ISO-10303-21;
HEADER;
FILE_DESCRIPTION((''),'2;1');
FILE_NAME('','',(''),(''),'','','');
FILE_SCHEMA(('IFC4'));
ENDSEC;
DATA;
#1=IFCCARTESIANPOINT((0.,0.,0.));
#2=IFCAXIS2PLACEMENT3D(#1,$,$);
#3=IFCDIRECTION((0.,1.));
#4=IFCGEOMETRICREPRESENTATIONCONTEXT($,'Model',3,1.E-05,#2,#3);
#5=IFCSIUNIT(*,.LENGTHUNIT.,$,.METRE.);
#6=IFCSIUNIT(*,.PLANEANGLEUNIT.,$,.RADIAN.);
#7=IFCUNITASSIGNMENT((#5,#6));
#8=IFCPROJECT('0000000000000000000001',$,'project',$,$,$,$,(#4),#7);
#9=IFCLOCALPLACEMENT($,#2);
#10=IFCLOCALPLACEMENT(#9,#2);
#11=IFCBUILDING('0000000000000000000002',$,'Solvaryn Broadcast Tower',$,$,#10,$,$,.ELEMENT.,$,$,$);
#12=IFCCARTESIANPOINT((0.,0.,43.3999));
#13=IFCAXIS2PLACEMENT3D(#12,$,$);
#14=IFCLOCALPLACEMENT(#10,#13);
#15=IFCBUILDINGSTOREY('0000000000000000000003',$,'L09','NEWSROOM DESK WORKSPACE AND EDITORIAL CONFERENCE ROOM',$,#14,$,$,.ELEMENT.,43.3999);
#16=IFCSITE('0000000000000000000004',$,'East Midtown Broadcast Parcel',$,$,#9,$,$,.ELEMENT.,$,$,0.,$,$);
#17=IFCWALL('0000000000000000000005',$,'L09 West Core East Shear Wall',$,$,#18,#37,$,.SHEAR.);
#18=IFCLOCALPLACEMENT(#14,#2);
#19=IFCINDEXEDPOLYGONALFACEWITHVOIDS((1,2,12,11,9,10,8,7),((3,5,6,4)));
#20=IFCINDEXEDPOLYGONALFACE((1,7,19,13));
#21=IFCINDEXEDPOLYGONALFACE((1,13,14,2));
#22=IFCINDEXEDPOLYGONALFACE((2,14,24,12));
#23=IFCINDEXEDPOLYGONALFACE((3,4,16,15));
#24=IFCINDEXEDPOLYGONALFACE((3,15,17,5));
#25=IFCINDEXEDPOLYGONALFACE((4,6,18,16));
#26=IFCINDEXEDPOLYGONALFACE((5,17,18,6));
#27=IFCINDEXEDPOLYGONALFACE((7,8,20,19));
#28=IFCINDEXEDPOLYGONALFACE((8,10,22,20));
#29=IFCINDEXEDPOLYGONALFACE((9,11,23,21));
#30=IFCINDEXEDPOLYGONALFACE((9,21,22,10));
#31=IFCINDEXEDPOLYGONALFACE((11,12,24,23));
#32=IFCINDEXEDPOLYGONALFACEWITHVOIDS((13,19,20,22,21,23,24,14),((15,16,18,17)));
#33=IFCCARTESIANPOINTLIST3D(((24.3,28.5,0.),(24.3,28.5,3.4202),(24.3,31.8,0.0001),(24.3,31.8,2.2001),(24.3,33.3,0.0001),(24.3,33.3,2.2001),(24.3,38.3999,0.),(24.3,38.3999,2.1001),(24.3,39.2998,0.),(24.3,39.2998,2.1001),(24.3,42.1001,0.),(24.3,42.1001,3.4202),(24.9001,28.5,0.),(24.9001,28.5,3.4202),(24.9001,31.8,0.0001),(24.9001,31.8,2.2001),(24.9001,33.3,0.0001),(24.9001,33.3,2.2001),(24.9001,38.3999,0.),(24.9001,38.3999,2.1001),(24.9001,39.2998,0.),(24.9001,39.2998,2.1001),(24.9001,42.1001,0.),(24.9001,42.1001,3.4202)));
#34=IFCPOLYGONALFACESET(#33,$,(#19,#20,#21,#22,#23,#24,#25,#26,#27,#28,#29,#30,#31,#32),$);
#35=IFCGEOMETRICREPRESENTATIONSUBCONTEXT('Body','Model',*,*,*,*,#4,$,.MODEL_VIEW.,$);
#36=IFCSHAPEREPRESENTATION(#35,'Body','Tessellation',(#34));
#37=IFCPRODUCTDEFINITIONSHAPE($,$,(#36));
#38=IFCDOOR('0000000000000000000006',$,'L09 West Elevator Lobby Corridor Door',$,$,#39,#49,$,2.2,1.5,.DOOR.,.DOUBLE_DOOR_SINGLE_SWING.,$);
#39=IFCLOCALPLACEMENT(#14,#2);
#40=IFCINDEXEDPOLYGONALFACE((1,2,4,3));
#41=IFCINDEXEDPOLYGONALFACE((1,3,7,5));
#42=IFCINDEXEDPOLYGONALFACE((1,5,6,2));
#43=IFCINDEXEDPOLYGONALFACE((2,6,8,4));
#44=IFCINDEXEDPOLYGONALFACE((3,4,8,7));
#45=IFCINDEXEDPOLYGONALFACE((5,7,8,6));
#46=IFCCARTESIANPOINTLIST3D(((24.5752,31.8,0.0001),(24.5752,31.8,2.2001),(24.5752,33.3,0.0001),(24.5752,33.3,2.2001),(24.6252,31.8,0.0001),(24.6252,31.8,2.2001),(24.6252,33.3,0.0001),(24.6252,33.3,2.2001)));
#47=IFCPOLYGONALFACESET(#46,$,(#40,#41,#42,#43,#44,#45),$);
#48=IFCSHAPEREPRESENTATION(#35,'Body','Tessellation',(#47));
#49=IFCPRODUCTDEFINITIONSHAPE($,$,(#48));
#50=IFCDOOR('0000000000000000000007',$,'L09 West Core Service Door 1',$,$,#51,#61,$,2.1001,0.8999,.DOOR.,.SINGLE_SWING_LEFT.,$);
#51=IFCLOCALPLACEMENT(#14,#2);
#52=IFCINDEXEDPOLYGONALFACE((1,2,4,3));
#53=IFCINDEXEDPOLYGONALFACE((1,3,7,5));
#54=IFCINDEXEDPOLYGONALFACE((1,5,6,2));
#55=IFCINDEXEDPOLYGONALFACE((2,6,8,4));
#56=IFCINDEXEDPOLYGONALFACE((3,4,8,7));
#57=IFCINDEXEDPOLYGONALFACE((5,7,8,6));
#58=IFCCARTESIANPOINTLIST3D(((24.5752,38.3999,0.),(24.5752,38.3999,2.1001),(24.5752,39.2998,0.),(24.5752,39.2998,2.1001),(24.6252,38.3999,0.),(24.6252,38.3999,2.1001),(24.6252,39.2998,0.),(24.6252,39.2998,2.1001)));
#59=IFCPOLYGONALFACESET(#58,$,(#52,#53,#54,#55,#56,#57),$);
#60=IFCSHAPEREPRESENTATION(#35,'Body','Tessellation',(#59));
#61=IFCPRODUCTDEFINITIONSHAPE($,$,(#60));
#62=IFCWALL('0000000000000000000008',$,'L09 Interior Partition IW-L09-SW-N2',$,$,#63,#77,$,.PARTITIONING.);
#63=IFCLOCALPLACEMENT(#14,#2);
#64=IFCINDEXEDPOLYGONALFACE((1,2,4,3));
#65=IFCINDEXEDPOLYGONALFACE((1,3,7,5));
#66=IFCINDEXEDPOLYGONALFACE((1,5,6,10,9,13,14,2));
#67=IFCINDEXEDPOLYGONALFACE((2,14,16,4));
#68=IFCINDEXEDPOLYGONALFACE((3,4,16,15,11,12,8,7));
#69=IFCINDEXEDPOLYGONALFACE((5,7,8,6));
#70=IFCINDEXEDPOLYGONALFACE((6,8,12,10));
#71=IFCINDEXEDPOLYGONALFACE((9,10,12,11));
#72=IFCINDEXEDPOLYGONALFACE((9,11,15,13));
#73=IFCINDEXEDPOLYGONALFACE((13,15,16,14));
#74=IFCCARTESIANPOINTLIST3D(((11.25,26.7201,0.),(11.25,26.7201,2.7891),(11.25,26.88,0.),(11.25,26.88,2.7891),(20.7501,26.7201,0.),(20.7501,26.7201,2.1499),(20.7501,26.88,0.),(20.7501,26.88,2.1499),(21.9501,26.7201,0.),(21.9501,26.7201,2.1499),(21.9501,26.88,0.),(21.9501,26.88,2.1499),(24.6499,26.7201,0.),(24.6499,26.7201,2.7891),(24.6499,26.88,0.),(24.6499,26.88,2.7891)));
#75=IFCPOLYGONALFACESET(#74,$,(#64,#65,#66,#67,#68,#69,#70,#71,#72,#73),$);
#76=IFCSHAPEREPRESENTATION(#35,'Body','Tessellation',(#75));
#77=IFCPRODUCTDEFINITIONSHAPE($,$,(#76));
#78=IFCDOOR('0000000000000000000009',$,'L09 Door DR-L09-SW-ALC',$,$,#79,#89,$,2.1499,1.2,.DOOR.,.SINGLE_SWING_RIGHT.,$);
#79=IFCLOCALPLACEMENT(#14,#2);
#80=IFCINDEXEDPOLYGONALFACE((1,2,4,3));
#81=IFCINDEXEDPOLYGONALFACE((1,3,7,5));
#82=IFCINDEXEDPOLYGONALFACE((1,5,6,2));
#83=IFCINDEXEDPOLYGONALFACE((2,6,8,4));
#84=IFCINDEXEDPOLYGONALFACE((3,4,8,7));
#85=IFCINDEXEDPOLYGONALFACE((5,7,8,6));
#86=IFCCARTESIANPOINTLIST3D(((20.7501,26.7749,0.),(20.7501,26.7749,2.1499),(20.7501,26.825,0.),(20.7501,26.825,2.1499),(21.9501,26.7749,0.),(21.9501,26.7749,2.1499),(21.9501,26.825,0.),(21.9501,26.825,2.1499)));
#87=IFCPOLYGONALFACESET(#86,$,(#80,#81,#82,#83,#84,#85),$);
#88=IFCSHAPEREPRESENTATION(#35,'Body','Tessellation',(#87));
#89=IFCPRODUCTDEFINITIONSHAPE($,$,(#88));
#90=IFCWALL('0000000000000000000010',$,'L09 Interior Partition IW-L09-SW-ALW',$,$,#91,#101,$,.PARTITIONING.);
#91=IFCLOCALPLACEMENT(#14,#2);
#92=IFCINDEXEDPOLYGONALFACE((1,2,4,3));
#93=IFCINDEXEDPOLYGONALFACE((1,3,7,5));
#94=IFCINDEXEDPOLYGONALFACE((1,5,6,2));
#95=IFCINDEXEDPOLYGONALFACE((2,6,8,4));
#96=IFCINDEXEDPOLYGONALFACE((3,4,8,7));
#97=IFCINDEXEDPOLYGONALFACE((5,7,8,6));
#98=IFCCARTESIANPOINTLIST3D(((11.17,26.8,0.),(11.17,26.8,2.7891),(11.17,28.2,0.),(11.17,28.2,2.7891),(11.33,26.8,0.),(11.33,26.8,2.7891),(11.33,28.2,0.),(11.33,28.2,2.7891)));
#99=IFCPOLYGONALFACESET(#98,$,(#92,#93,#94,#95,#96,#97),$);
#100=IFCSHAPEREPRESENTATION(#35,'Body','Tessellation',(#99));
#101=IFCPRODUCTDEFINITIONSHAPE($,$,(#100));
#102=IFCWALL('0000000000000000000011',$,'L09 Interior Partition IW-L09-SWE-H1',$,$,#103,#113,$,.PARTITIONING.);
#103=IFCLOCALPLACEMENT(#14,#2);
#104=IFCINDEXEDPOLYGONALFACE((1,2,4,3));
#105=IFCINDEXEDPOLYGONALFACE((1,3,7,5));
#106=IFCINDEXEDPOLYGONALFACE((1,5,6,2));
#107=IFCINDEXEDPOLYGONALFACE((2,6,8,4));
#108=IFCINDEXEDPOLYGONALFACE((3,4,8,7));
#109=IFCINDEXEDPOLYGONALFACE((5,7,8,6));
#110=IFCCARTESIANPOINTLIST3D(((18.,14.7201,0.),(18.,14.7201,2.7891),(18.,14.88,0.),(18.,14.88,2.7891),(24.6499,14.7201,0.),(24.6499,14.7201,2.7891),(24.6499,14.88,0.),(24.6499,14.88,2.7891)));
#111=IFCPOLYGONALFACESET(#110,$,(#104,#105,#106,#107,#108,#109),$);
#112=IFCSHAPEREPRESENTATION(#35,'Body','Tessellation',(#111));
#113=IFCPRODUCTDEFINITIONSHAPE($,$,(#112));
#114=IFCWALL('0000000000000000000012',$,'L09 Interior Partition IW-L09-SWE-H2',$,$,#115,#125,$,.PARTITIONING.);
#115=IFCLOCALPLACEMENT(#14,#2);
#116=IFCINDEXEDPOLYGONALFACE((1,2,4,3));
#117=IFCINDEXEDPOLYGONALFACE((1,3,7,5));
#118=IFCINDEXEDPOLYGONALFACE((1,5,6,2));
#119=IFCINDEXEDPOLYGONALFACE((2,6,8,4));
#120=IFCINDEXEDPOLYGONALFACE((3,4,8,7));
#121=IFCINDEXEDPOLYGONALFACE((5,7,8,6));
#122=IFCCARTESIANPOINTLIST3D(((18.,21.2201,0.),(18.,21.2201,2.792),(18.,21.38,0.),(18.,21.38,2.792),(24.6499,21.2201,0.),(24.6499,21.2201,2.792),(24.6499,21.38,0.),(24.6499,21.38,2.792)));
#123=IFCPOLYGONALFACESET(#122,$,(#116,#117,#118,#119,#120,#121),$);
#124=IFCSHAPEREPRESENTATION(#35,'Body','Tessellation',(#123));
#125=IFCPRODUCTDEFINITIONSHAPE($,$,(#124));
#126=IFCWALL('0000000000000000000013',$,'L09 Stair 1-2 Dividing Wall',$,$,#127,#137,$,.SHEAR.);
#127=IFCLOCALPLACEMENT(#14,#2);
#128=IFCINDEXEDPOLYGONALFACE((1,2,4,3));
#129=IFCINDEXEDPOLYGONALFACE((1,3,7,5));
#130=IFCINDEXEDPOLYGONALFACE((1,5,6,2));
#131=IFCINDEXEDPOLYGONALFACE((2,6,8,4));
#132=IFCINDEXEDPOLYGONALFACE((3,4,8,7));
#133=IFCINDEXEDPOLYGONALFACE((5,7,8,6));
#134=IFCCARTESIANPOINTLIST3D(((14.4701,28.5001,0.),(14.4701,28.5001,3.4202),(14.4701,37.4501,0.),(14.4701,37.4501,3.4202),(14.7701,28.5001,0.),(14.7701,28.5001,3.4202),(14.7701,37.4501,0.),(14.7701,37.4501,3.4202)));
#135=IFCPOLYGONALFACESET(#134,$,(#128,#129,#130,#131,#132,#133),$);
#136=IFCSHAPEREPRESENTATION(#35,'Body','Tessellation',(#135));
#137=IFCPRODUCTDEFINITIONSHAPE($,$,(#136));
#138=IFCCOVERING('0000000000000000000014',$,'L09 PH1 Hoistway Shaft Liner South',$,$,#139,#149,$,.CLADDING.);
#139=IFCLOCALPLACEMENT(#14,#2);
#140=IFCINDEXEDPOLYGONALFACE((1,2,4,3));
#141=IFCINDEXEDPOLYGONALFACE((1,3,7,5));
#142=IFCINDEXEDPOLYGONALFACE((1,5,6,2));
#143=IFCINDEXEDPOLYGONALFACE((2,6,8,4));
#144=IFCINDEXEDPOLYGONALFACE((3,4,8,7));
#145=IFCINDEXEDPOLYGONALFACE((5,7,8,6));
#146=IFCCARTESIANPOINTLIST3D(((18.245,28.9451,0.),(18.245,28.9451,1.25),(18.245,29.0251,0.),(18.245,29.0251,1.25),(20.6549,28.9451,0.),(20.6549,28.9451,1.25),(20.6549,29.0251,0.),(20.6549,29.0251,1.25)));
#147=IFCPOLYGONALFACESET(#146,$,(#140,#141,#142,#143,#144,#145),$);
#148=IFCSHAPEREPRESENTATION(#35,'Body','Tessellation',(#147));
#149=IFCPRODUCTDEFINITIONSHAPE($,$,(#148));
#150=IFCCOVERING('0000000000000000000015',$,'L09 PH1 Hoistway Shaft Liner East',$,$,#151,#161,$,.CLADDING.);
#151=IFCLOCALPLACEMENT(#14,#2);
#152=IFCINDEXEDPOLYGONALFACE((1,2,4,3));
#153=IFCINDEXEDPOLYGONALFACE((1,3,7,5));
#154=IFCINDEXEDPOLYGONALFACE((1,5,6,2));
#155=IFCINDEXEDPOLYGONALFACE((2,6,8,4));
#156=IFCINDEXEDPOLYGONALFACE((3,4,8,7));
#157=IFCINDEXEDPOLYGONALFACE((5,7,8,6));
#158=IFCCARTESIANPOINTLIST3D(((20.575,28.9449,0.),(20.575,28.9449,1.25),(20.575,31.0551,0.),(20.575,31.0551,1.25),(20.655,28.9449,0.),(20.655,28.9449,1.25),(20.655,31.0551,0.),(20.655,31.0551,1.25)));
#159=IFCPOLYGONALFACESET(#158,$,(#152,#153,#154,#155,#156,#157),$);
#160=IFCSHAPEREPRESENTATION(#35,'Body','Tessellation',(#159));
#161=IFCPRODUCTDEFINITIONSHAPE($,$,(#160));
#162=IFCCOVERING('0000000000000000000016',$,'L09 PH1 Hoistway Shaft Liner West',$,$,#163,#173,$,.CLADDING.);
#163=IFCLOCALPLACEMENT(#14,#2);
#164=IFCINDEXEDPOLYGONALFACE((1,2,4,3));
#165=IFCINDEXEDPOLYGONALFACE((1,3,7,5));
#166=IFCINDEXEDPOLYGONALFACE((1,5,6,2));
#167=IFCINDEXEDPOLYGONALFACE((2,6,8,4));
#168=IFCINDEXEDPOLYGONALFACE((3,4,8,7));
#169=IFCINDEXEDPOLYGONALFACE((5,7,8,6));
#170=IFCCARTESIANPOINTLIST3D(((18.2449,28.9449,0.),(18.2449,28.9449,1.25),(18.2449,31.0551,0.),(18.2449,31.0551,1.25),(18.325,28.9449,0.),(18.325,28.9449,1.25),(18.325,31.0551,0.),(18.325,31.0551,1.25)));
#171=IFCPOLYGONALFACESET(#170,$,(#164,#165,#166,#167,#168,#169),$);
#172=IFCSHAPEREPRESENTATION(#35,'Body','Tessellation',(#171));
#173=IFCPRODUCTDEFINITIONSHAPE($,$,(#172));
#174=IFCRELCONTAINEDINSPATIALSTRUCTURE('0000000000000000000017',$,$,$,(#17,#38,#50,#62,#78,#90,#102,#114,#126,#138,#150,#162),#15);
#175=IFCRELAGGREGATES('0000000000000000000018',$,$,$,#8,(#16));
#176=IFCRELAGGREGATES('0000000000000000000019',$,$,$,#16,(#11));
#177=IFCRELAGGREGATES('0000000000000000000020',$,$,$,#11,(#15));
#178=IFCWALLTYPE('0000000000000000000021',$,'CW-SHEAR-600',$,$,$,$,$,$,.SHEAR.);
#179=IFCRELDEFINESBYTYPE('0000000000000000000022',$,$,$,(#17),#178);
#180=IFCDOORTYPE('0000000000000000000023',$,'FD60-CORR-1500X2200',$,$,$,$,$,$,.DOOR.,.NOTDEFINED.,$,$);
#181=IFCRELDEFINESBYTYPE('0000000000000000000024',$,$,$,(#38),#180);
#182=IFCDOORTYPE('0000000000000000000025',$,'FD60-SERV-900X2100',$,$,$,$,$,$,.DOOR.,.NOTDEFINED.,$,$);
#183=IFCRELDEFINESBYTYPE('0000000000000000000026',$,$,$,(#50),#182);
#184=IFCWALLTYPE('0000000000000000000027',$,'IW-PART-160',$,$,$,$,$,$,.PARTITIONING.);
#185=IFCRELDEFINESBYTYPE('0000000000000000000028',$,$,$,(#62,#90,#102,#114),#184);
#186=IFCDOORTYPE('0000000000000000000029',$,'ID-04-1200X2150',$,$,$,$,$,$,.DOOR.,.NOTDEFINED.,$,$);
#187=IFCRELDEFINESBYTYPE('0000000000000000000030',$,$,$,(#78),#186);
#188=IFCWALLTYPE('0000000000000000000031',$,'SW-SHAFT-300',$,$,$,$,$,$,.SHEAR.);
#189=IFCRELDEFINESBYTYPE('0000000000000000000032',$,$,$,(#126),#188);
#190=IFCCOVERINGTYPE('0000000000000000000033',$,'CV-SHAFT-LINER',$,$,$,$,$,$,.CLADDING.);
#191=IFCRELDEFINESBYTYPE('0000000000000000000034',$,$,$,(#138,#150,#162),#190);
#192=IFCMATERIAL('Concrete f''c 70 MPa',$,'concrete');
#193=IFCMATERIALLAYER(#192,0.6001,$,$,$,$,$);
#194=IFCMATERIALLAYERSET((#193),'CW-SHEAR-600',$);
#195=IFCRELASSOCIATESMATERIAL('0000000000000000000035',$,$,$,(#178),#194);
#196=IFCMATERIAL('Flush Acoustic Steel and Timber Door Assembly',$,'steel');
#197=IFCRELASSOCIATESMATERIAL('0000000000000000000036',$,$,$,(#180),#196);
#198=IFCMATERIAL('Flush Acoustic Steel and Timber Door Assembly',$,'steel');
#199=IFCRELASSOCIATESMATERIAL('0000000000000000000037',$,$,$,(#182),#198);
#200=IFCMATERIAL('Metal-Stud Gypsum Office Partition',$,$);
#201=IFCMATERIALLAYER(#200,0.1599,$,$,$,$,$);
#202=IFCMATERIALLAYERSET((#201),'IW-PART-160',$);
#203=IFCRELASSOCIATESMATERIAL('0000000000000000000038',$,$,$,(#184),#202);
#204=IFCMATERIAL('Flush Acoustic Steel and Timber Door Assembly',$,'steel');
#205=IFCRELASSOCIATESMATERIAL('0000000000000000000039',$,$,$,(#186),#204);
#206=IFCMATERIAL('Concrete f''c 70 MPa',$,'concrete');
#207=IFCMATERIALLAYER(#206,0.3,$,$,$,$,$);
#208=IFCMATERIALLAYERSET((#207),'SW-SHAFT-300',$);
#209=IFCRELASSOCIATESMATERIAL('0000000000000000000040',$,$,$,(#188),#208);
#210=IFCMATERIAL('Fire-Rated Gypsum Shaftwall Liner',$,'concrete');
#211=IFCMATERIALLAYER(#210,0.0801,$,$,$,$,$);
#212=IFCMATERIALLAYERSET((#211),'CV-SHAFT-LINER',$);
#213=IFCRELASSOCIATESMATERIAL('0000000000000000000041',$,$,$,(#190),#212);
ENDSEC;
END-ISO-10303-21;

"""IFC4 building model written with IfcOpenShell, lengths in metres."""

from ifc_helpers import new_model, si_unit, direction, frame, frame_2d, origin, origin_2d, place, context, subcontext, project, spatial, rectangle, extrude, material, layer, layer_set, type_object, element, fill, save


model = new_model("IFC4")

# Units and contexts
model_context = context("Model", 3, precision=1e-05, world=origin(), true_north=direction((0.0, 1.0)))
body_context = subcontext(model_context, "Body", "Model", "MODEL_VIEW")
ifc_project = project(units=[si_unit("LENGTHUNIT", "METRE"), si_unit("PLANEANGLEUNIT", "RADIAN")], contexts=[model_context])

# Site, building, storey
site_placement = place(None, origin())
site = spatial("IfcSite", under=ifc_project, at=site_placement, Name="East Midtown Broadcast Parcel", CompositionType="ELEMENT", RefElevation=0.0)
building_placement = place(site_placement, origin())
building = spatial("IfcBuilding", under=site, at=building_placement, Name="Solvaryn Broadcast Tower", CompositionType="ELEMENT")
storey_placement = place(building_placement, frame((0.0, 0.0, 43.3999)))
storey = spatial("IfcBuildingStorey", under=building, at=storey_placement, Name="L09", Description="NEWSROOM DESK WORKSPACE AND EDITORIAL CONFERENCE ROOM", CompositionType="ELEMENT", Elevation=43.3999)

# Shared definitions
ifc_material_1 = material(Name="Concrete f'c 70 MPa", Category="concrete")
ifc_layer_1 = layer(ifc_material_1, 0.6001)
ifc_layer_set_1 = layer_set([ifc_layer_1], Name="CW-SHEAR-600")
wall_type_1 = type_object("IfcWallType", Name="CW-SHEAR-600", PredefinedType="SHEAR", material=ifc_layer_set_1)

# Wall, openings, doors
wall_1_placement = place(storey_placement, frame((24.6001, 28.5, 0.0), z_axis=(0.0, 0.0, 1.0), x_axis=(0.0, 1.0, 0.0)))
wall_1 = element("IfcWall", 1, at=wall_1_placement, inside=storey, type_object=wall_type_1, Name="L09 West Core East Shear Wall", PredefinedType="SHEAR", context=body_context, shape_type="SweptSolid", body=[
    extrude(rectangle(XDim=13.6001, YDim=0.6001, at=frame_2d((6.8, 0.0))), origin(), (0.0, 0.0, 1.0), 3.4202),
])
opening_1_placement = place(wall_1_placement, frame((3.3, 0.0, 0.0)))
opening_1 = element("IfcOpeningElement", 2, at=opening_1_placement, cuts=wall_1, PredefinedType="OPENING", context=body_context, shape_type="SweptSolid", body=[
    extrude(rectangle(XDim=1.5, YDim=2.2, at=frame_2d((0.75, 1.1001))), frame((0.0, 0.3101, 0.0), z_axis=(0.0, -1.0, 0.0), x_axis=(1.0, 0.0, 0.0)), (0.0, 0.0, 1.0), 0.6201),
])
opening_2_placement = place(wall_1_placement, frame((9.8999, 0.0, 0.0)))
opening_2 = element("IfcOpeningElement", 3, at=opening_2_placement, cuts=wall_1, PredefinedType="OPENING", context=body_context, shape_type="SweptSolid", body=[
    extrude(rectangle(XDim=0.8999, YDim=2.1001, at=frame_2d((0.45, 1.05))), frame((0.0, 0.3101, 0.0), z_axis=(0.0, -1.0, 0.0), x_axis=(1.0, 0.0, 0.0)), (0.0, 0.0, 1.0), 0.6201),
])
ifc_material_2 = material(Name="Flush Acoustic Steel and Timber Door Assembly", Category="steel")
door_type_1 = type_object("IfcDoorType", Name="FD60-CORR-1500X2200", OperationType="NOTDEFINED", PredefinedType="DOOR", material=ifc_material_2)
door_1_placement = place(opening_1_placement, origin())
door_1 = element("IfcDoor", 4, at=door_1_placement, inside=storey, type_object=door_type_1, Name="L09 West Elevator Lobby Corridor Door", OperationType="DOUBLE_DOOR_SINGLE_SWING", OverallHeight=2.2, OverallWidth=1.5, PredefinedType="DOOR", context=body_context, shape_type="SweptSolid", body=[
    extrude(rectangle(XDim=1.5, YDim=2.2, at=frame_2d((0.75, 1.1001))), frame((0.0, 0.0249, 0.0), z_axis=(0.0, -1.0, 0.0), x_axis=(1.0, 0.0, 0.0)), (0.0, 0.0, 1.0), 0.05),
])
fill(opening_1, door_1)
ifc_material_3 = material(Name="Flush Acoustic Steel and Timber Door Assembly", Category="steel")
door_type_2 = type_object("IfcDoorType", Name="FD60-SERV-900X2100", OperationType="NOTDEFINED", PredefinedType="DOOR", material=ifc_material_3)
door_2_placement = place(opening_2_placement, origin())
door_2 = element("IfcDoor", 5, at=door_2_placement, inside=storey, type_object=door_type_2, Name="L09 West Core Service Door 1", OperationType="SINGLE_SWING_LEFT", OverallHeight=2.1001, OverallWidth=0.8999, PredefinedType="DOOR", context=body_context, shape_type="SweptSolid", body=[
    extrude(rectangle(XDim=0.8999, YDim=2.1001, at=frame_2d((0.45, 1.05))), frame((0.0, 0.0249, 0.0), z_axis=(0.0, -1.0, 0.0), x_axis=(1.0, 0.0, 0.0)), (0.0, 0.0, 1.0), 0.05),
])
fill(opening_2, door_2)

# Wall, opening, door
ifc_material_4 = material(Name="Metal-Stud Gypsum Office Partition")
ifc_layer_2 = layer(ifc_material_4, 0.1599)
ifc_layer_set_2 = layer_set([ifc_layer_2], Name="IW-PART-160")
wall_type_2 = type_object("IfcWallType", Name="IW-PART-160", PredefinedType="PARTITIONING", material=ifc_layer_set_2)
wall_2_placement = place(storey_placement, frame((11.25, 26.8, 0.0), z_axis=(0.0, 0.0, 1.0), x_axis=(1.0, 0.0, 0.0)))
wall_2 = element("IfcWall", 6, at=wall_2_placement, inside=storey, type_object=wall_type_2, Name="L09 Interior Partition IW-L09-SW-N2", PredefinedType="PARTITIONING", context=body_context, shape_type="SweptSolid", body=[
    extrude(rectangle(XDim=13.3999, YDim=0.1599, at=frame_2d((6.7, 0.0))), origin(), (0.0, 0.0, 1.0), 2.7891),
])
opening_3_placement = place(wall_2_placement, frame((9.5, 0.0, 0.0)))
opening_3 = element("IfcOpeningElement", 7, at=opening_3_placement, cuts=wall_2, PredefinedType="OPENING", context=body_context, shape_type="SweptSolid", body=[
    extrude(rectangle(XDim=1.2, YDim=2.1499, at=frame_2d((0.6001, 1.075))), frame((0.0, 0.0901, 0.0), z_axis=(0.0, -1.0, 0.0), x_axis=(1.0, 0.0, 0.0)), (0.0, 0.0, 1.0), 0.1799),
])
ifc_material_5 = material(Name="Flush Acoustic Steel and Timber Door Assembly", Category="steel")
door_type_3 = type_object("IfcDoorType", Name="ID-04-1200X2150", OperationType="NOTDEFINED", PredefinedType="DOOR", material=ifc_material_5)
door_3_placement = place(opening_3_placement, origin())
door_3 = element("IfcDoor", 8, at=door_3_placement, inside=storey, type_object=door_type_3, Name="L09 Door DR-L09-SW-ALC", OperationType="SINGLE_SWING_RIGHT", OverallHeight=2.1499, OverallWidth=1.2, PredefinedType="DOOR", context=body_context, shape_type="SweptSolid", body=[
    extrude(rectangle(XDim=1.2, YDim=2.1499, at=frame_2d((0.6001, 1.075))), frame((0.0, 0.0249, 0.0), z_axis=(0.0, -1.0, 0.0), x_axis=(1.0, 0.0, 0.0)), (0.0, 0.0, 1.0), 0.05),
])
fill(opening_3, door_3)

# Walls
wall_3_placement = place(storey_placement, frame((11.25, 26.8, 0.0), z_axis=(0.0, 0.0, 1.0), x_axis=(0.0, 1.0, 0.0)))
element("IfcWall", 9, at=wall_3_placement, inside=storey, type_object=wall_type_2, Name="L09 Interior Partition IW-L09-SW-ALW", PredefinedType="PARTITIONING", context=body_context, shape_type="SweptSolid", body=[
    extrude(rectangle(XDim=1.3999, YDim=0.1599, at=frame_2d((0.7, 0.0))), origin(), (0.0, 0.0, 1.0), 2.7891),
])
wall_4_placement = place(storey_placement, frame((18.0, 14.8, 0.0), z_axis=(0.0, 0.0, 1.0), x_axis=(1.0, 0.0, 0.0)))
element("IfcWall", 10, at=wall_4_placement, inside=storey, type_object=wall_type_2, Name="L09 Interior Partition IW-L09-SWE-H1", PredefinedType="PARTITIONING", context=body_context, shape_type="SweptSolid", body=[
    extrude(rectangle(XDim=6.6499, YDim=0.1599, at=frame_2d((3.325, 0.0))), origin(), (0.0, 0.0, 1.0), 2.7891),
])
wall_5_placement = place(storey_placement, frame((18.0, 21.3, 0.0), z_axis=(0.0, 0.0, 1.0), x_axis=(1.0, 0.0, 0.0)))
element("IfcWall", 11, at=wall_5_placement, inside=storey, type_object=wall_type_2, Name="L09 Interior Partition IW-L09-SWE-H2", PredefinedType="PARTITIONING", context=body_context, shape_type="SweptSolid", body=[
    extrude(rectangle(XDim=6.6499, YDim=0.1599, at=frame_2d((3.325, 0.0))), origin(), (0.0, 0.0, 1.0), 2.792),
])
ifc_material_6 = material(Name="Concrete f'c 70 MPa", Category="concrete")
ifc_layer_3 = layer(ifc_material_6, 0.3)
ifc_layer_set_3 = layer_set([ifc_layer_3], Name="SW-SHAFT-300")
wall_type_3 = type_object("IfcWallType", Name="SW-SHAFT-300", PredefinedType="SHEAR", material=ifc_layer_set_3)
wall_6_placement = place(storey_placement, frame((14.6201, 28.5, 0.0), z_axis=(0.0, 0.0, 1.0), x_axis=(0.0, 1.0, 0.0)))
element("IfcWall", 12, at=wall_6_placement, inside=storey, type_object=wall_type_3, Name="L09 Stair 1-2 Dividing Wall", PredefinedType="SHEAR", context=body_context, shape_type="SweptSolid", body=[
    extrude(rectangle(XDim=8.95, YDim=0.3, at=frame_2d((4.4751, 0.0))), origin(), (0.0, 0.0, 1.0), 3.4202),
])

# Coverings
ifc_material_7 = material(Name="Fire-Rated Gypsum Shaftwall Liner", Category="concrete")
ifc_layer_4 = layer(ifc_material_7, 0.0801)
ifc_layer_set_4 = layer_set([ifc_layer_4], Name="CV-SHAFT-LINER")
covering_type = type_object("IfcCoveringType", Name="CV-SHAFT-LINER", PredefinedType="CLADDING", material=ifc_layer_set_4)
covering_1_placement = place(storey_placement, frame((19.45, 28.9851, 0.0), z_axis=(0.0, 0.0, 1.0), x_axis=(1.0, 0.0, 0.0)))
element("IfcCovering", 13, at=covering_1_placement, inside=storey, type_object=covering_type, Name="L09 PH1 Hoistway Shaft Liner South", PredefinedType="CLADDING", context=body_context, shape_type="SweptSolid", body=[
    extrude(rectangle(XDim=2.4099, YDim=0.0801, at=origin_2d()), origin(), (0.0, 0.0, 1.0), 1.25),
])
for number, where, z_axis, x_axis, name in (
    (14, (20.615, 30.0, 0.0), (0.0, 0.0, 1.0), (1.0, 0.0, 0.0), "L09 PH1 Hoistway Shaft Liner East"),
    (15, (18.2849, 30.0, 0.0), (0.0, 0.0, 1.0), (1.0, 0.0, 0.0), "L09 PH1 Hoistway Shaft Liner West"),
):
    element("IfcCovering", number, at=place(storey_placement, frame(where, z_axis=z_axis, x_axis=x_axis)), inside=storey, type_object=covering_type, Name=name, PredefinedType="CLADDING", context=body_context, shape_type="SweptSolid", body=[
        extrude(rectangle(XDim=0.0801, YDim=2.1101, at=origin_2d()), origin(), (0.0, 0.0, 1.0), 1.25),
    ])

save(model, "model.ifc")
